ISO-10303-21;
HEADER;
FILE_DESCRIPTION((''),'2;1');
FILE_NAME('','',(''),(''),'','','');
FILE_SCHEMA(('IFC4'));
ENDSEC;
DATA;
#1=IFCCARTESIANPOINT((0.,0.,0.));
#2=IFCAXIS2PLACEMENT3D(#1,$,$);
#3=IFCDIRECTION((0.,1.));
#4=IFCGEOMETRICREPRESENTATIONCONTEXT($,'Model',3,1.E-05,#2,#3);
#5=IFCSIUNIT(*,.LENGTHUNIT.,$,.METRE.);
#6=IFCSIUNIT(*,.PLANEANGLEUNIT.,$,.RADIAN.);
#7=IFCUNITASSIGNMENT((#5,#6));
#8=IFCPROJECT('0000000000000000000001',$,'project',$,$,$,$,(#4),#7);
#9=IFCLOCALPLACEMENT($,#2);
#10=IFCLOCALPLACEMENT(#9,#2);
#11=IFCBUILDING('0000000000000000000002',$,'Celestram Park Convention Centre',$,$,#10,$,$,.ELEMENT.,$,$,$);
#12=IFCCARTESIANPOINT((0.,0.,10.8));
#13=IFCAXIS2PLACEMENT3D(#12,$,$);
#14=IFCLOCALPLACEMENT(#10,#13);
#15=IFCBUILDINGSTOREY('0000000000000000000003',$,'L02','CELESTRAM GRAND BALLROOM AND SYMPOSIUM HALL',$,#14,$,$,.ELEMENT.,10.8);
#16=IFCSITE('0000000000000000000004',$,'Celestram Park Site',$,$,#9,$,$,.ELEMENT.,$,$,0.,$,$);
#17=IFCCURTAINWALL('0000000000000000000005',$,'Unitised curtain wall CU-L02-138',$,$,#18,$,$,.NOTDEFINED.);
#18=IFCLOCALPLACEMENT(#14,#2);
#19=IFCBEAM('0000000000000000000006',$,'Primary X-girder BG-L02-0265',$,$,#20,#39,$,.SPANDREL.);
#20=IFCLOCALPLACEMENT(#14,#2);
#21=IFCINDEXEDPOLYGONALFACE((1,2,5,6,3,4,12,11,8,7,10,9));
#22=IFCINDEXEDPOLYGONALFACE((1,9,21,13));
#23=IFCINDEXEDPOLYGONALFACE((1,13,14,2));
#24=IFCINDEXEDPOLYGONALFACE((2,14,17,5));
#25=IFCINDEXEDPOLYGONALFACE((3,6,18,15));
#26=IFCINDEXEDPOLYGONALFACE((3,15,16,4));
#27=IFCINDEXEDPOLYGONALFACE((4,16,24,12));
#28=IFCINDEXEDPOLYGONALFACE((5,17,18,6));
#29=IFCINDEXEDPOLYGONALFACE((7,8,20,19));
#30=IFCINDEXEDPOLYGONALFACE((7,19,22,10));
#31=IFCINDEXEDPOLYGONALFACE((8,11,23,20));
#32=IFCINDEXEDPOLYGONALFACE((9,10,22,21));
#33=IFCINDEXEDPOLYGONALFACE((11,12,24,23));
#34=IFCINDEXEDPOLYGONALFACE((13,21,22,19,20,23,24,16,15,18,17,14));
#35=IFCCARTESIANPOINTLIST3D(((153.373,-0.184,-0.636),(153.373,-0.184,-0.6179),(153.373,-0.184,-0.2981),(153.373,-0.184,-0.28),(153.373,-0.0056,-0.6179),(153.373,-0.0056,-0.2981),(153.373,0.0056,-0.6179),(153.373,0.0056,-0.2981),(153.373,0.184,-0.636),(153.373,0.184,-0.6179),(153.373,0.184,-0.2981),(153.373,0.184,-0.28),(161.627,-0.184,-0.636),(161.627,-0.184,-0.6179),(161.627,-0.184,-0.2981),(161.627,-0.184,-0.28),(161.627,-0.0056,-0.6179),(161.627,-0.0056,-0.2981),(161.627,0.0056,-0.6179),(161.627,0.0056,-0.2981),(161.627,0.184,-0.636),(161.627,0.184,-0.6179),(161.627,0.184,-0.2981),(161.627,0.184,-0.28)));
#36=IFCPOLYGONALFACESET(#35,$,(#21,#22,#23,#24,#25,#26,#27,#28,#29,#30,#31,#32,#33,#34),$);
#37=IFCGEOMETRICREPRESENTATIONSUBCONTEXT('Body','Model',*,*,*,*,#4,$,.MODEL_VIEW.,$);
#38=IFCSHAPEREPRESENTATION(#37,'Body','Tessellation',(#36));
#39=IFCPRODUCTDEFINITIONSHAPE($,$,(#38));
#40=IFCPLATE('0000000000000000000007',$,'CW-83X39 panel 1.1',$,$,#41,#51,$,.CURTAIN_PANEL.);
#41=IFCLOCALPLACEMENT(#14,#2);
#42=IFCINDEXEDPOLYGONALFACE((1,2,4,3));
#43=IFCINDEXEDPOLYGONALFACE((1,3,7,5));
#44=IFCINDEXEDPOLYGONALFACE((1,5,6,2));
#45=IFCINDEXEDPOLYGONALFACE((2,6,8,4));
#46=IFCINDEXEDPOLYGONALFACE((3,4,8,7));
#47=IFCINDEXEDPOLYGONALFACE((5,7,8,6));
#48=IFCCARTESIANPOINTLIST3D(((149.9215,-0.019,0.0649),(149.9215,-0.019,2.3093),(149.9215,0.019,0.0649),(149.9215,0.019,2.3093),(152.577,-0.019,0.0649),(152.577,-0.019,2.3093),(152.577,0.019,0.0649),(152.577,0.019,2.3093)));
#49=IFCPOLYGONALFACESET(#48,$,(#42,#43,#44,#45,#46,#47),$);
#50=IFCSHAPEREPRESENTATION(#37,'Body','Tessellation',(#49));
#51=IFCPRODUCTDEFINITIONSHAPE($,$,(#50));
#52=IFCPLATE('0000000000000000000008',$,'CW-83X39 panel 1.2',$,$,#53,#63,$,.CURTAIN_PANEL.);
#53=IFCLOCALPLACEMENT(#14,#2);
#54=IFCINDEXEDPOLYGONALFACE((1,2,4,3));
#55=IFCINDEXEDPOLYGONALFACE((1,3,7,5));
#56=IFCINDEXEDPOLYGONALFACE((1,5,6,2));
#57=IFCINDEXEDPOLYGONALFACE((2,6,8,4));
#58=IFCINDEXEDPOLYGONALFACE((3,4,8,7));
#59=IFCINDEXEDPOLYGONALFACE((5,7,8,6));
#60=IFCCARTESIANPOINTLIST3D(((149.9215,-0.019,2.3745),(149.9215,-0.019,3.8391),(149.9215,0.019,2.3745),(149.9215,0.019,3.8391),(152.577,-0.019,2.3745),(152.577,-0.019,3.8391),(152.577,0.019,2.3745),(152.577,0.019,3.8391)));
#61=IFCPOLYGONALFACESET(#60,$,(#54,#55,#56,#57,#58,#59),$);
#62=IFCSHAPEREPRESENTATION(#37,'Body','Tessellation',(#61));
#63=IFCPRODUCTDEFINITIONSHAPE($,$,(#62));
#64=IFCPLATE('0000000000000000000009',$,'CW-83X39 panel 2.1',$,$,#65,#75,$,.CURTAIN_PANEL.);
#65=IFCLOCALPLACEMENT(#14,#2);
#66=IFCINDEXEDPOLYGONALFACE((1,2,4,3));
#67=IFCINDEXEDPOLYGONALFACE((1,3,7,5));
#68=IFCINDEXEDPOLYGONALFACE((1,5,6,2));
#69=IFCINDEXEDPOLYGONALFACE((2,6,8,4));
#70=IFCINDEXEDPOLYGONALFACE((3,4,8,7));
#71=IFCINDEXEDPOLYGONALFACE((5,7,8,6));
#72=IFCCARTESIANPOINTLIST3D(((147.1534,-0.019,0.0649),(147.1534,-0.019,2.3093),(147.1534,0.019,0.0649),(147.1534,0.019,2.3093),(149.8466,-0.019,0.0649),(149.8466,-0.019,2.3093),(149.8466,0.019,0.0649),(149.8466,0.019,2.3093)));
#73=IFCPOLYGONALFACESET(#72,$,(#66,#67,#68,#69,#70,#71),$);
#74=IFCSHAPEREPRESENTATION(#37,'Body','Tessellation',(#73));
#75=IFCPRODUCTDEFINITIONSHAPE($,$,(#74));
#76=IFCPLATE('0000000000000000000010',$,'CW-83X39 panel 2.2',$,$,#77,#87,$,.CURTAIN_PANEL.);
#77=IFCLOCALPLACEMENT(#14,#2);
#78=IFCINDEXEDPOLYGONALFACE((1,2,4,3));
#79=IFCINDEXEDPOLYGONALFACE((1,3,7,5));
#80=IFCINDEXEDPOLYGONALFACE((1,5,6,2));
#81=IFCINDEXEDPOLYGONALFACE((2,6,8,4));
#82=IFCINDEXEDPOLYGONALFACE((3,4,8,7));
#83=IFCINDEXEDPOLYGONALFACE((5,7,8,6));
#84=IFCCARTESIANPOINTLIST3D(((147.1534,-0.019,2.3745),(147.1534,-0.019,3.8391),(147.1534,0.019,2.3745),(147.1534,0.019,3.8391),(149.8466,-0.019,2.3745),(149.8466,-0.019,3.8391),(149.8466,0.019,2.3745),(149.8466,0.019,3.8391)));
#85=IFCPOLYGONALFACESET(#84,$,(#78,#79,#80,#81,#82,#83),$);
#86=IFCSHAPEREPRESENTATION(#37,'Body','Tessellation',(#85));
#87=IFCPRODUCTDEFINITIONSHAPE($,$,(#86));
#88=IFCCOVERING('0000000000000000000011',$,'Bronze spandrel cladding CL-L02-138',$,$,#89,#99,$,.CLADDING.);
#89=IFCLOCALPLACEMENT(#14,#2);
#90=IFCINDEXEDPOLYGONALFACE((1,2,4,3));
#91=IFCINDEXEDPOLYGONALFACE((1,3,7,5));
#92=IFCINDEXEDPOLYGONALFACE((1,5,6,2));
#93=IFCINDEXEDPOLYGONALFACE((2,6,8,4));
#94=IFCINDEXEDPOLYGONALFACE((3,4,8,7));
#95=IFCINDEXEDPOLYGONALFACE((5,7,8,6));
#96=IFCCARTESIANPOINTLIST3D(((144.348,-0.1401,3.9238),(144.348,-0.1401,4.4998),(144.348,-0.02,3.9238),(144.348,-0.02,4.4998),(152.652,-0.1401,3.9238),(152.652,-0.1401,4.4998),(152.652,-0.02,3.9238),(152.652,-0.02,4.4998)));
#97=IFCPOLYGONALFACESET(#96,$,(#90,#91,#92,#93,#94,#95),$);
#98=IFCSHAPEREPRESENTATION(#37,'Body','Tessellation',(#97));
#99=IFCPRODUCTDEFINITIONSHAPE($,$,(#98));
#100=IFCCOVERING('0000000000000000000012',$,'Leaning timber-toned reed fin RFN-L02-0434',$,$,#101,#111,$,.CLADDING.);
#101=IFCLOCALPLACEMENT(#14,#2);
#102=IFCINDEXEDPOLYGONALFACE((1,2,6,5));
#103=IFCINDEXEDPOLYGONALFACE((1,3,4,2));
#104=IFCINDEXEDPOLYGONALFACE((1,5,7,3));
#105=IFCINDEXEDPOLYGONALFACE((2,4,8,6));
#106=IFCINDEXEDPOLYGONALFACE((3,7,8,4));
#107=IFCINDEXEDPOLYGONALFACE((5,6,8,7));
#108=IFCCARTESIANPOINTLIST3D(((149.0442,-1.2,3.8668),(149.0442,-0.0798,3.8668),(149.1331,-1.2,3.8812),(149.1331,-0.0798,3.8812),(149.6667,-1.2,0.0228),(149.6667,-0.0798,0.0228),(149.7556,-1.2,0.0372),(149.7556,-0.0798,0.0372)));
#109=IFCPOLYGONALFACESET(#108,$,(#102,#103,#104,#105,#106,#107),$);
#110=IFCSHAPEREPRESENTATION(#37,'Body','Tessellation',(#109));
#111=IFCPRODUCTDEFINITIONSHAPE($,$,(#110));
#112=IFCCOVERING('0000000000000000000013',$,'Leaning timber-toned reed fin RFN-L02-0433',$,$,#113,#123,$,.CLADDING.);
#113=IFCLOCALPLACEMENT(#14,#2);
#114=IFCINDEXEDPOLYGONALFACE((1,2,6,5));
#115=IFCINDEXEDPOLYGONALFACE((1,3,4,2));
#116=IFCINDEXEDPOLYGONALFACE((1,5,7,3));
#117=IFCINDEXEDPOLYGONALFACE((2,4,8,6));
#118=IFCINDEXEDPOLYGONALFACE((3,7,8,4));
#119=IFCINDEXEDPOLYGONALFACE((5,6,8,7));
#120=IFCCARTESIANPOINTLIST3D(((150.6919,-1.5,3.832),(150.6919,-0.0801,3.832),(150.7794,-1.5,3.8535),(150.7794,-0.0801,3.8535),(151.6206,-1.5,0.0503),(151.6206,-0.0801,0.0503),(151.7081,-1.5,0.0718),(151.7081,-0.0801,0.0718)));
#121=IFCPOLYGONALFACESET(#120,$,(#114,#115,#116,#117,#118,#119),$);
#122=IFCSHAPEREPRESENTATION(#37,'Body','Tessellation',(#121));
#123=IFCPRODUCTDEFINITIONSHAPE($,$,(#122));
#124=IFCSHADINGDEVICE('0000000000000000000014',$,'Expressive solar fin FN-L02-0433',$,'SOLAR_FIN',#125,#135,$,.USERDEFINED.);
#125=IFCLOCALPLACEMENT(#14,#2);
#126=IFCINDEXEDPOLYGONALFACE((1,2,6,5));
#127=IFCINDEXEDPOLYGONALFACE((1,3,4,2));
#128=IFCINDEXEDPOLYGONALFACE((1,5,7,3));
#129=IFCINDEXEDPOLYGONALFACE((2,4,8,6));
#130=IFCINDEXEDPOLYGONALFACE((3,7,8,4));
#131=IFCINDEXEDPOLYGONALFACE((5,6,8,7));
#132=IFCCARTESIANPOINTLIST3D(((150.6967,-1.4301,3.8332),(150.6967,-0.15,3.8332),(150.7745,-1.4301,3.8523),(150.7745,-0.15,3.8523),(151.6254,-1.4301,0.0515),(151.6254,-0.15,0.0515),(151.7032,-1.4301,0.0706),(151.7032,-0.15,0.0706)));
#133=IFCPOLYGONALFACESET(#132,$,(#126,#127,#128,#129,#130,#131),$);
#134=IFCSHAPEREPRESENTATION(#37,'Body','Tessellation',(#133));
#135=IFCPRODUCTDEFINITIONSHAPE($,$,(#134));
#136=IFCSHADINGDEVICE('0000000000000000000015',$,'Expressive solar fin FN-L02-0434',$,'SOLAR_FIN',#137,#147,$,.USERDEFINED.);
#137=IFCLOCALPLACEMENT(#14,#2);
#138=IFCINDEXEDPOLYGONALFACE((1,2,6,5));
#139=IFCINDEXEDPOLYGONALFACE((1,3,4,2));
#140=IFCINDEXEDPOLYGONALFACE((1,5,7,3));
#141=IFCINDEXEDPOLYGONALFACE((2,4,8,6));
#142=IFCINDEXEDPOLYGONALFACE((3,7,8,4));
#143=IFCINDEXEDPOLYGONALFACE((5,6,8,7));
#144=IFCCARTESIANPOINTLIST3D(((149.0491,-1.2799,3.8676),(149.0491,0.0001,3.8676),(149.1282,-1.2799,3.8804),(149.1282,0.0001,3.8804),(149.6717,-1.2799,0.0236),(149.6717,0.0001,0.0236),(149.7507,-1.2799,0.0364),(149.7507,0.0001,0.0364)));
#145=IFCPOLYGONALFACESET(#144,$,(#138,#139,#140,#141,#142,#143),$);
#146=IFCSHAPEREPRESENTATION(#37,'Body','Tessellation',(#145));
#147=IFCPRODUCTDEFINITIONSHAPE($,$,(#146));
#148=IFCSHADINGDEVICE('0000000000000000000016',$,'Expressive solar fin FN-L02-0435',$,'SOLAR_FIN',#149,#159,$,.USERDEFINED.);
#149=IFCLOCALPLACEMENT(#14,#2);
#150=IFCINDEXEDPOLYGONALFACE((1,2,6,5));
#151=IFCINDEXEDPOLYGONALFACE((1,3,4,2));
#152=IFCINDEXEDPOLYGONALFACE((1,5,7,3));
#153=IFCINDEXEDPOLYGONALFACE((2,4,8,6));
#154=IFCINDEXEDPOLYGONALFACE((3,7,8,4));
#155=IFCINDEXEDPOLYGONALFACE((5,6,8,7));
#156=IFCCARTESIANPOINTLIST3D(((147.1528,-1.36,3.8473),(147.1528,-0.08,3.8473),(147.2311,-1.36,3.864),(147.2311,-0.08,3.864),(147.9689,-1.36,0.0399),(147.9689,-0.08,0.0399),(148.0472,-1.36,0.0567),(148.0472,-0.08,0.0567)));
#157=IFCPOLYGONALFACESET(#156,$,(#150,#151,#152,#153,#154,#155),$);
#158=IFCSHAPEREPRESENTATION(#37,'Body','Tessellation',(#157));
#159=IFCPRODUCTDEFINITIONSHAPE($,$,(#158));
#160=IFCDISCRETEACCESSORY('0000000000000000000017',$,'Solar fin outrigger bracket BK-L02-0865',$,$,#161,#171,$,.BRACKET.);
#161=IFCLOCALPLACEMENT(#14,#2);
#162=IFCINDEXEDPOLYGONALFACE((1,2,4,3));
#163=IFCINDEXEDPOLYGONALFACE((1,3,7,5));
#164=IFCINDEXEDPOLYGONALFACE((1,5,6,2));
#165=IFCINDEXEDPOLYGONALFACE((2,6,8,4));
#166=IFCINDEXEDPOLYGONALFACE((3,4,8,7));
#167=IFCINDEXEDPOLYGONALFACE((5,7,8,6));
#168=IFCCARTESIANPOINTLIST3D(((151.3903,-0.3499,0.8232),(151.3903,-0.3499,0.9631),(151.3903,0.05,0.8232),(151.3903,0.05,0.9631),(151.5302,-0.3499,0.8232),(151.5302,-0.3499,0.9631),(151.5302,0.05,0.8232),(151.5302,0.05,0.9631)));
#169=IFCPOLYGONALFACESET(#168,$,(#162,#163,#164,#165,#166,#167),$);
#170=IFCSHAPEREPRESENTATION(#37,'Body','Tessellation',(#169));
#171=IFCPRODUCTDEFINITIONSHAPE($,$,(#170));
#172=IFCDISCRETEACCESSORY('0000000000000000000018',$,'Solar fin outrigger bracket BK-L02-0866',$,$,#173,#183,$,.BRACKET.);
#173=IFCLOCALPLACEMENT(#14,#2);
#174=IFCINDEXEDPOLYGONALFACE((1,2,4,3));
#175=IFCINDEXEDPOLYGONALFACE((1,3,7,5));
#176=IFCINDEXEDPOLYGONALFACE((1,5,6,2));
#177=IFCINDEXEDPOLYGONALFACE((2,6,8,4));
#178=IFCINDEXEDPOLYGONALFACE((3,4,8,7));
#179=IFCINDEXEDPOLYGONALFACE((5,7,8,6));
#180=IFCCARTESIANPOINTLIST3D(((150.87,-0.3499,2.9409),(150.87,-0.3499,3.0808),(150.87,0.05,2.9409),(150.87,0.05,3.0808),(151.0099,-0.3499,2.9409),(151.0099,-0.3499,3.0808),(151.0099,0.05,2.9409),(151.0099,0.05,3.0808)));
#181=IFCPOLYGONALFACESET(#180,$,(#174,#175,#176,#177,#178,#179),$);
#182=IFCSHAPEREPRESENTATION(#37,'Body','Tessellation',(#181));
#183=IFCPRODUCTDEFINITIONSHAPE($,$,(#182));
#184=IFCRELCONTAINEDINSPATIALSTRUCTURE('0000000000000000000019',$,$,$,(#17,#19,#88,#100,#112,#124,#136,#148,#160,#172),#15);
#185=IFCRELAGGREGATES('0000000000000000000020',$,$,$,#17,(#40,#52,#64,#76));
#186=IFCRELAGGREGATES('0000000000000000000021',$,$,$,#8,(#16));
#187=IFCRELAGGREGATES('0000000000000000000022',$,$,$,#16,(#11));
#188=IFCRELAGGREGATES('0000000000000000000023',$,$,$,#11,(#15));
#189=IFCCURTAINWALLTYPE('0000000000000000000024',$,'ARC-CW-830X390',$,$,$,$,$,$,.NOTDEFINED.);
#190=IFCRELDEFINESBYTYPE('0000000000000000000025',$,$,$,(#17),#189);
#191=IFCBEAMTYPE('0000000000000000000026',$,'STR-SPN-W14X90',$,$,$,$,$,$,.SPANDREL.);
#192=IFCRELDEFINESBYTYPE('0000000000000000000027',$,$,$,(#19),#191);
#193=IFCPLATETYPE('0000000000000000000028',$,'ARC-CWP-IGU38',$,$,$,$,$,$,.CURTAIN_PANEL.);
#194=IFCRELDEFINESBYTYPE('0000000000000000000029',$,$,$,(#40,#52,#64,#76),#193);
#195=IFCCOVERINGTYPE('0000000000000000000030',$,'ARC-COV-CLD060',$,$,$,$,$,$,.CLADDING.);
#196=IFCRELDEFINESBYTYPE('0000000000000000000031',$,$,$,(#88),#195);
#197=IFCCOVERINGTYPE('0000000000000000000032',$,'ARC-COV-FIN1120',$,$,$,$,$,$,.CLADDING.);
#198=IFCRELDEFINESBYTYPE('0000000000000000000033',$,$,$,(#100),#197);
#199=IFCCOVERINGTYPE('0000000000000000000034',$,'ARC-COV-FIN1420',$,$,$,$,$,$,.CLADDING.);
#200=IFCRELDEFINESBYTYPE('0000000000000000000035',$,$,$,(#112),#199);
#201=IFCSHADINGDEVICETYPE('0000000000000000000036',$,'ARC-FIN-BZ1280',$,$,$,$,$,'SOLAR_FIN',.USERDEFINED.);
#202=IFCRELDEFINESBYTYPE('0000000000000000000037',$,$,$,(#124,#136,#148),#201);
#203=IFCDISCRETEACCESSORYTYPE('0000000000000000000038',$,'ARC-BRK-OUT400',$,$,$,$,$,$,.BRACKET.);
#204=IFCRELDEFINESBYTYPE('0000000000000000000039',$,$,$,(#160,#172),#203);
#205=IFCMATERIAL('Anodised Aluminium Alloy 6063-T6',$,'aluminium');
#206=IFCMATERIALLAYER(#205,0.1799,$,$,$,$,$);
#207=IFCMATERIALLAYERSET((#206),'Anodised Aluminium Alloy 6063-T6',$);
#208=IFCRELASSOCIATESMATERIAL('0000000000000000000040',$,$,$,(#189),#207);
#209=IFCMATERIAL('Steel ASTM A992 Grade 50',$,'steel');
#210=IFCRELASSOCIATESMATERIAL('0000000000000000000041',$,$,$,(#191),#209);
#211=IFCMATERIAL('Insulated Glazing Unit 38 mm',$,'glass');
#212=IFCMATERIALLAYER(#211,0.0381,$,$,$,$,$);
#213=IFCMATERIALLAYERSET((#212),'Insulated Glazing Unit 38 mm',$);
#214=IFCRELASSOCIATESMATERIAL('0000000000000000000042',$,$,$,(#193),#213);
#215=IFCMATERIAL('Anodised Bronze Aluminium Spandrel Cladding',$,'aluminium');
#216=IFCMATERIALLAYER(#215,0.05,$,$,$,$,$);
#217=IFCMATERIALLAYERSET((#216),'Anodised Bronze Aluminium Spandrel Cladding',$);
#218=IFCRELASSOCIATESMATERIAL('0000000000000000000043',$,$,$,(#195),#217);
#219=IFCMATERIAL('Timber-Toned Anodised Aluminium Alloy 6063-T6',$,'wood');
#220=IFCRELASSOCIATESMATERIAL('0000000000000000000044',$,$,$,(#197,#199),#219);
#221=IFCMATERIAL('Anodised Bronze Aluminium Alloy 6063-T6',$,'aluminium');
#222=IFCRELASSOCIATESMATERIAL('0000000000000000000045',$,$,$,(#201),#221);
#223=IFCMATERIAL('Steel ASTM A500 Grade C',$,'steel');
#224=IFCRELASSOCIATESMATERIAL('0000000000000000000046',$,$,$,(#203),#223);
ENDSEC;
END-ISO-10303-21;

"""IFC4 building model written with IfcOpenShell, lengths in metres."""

from ifc_helpers import new_model, si_unit, direction, frame, origin, origin_2d, place, context, subcontext, project, spatial, rectangle, i_section, extrude, material, layer, layer_set, material_profile, profile_set, type_object, element, aggregate, save


model = new_model("IFC4")

# Units and contexts
model_context = context("Model", 3, precision=1e-05, world=origin(), true_north=direction((0.0, 1.0)))
body_context = subcontext(model_context, "Body", "Model", "MODEL_VIEW")
ifc_project = project(units=[si_unit("LENGTHUNIT", "METRE"), si_unit("PLANEANGLEUNIT", "RADIAN")], contexts=[model_context])

# Site, building, storey
site_placement = place(None, origin())
site = spatial("IfcSite", under=ifc_project, at=site_placement, Name="Celestram Park Site", CompositionType="ELEMENT", RefElevation=0.0)
building_placement = place(site_placement, origin())
building = spatial("IfcBuilding", under=site, at=building_placement, Name="Celestram Park Convention Centre", CompositionType="ELEMENT")
storey_placement = place(building_placement, frame((0.0, 0.0, 10.8)))
storey = spatial("IfcBuildingStorey", under=building, at=storey_placement, Name="L02", Description="CELESTRAM GRAND BALLROOM AND SYMPOSIUM HALL", CompositionType="ELEMENT", Elevation=10.8)

# Curtain wall
ifc_material_1 = material(Name="Anodised Aluminium Alloy 6063-T6", Category="aluminium")
ifc_layer_1 = layer(ifc_material_1, 0.1799)
ifc_layer_set_1 = layer_set([ifc_layer_1], Name="Anodised Aluminium Alloy 6063-T6")
curtain_wall_type = type_object("IfcCurtainWallType", Name="ARC-CW-830X390", PredefinedType="NOTDEFINED", material=ifc_layer_set_1)
curtain_wall_placement = place(storey_placement, origin())
curtain_wall = element("IfcCurtainWall", 1, at=curtain_wall_placement, inside=storey, type_object=curtain_wall_type, Name="Unitised curtain wall CU-L02-138", PredefinedType="NOTDEFINED")

# Beam
ifc_material_2 = material(Name="Steel ASTM A992 Grade 50", Category="steel")
ifc_material_profile_1 = material_profile(ifc_material_2, i_section(OverallWidth=0.3679, OverallDepth=0.356, WebThickness=0.0112, FlangeThickness=0.0181, at=origin_2d()), Name="W14X90")
ifc_profile_set_1 = profile_set([ifc_material_profile_1], Name="Steel ASTM A992 Grade 50")
beam_type_1 = type_object("IfcBeamType", Name="STR-SPN-W14X90", PredefinedType="SPANDREL", material=ifc_profile_set_1)
beam_1_placement = place(storey_placement, frame((153.373, 0.0, -0.458), z_axis=(1.0, 0.0, 0.0), x_axis=(0.0, 1.0, 0.0)))
element("IfcBeam", 2, at=beam_1_placement, inside=storey, type_object=beam_type_1, Name="Primary X-girder BG-L02-0265", PredefinedType="SPANDREL", context=body_context, shape_type="SweptSolid", body=[
    extrude(i_section(OverallWidth=0.3679, OverallDepth=0.356, WebThickness=0.0112, FlangeThickness=0.0181, at=origin_2d()), origin(), (0.0, 0.0, 1.0), 8.2539),
])

# Plates
ifc_material_3 = material(Name="Insulated Glazing Unit 38 mm", Category="glass")
ifc_layer_2 = layer(ifc_material_3, 0.0381)
ifc_layer_set_2 = layer_set([ifc_layer_2], Name="Insulated Glazing Unit 38 mm")
plate_type = type_object("IfcPlateType", Name="ARC-CWP-IGU38", PredefinedType="CURTAIN_PANEL", material=ifc_layer_set_2)
plate_1_placement = place(storey_placement, frame((151.2493, 0.0, 0.0649), z_axis=(0.0, 0.0, 1.0), x_axis=(-1.0, 0.0, 0.0)))
plate_1 = element("IfcPlate", 3, at=plate_1_placement, type_object=plate_type, Name="CW-83X39 panel 1.1", PredefinedType="CURTAIN_PANEL", context=body_context, shape_type="SweptSolid", body=[
    extrude(rectangle(XDim=2.6555, YDim=0.0381, at=origin_2d()), origin(), (0.0, 0.0, 1.0), 2.2444),
])
plate_2_placement = place(storey_placement, frame((151.2493, 0.0, 2.3745), z_axis=(0.0, 0.0, 1.0), x_axis=(-1.0, 0.0, 0.0)))
plate_2 = element("IfcPlate", 4, at=plate_2_placement, type_object=plate_type, Name="CW-83X39 panel 1.2", PredefinedType="CURTAIN_PANEL", context=body_context, shape_type="SweptSolid", body=[
    extrude(rectangle(XDim=2.6555, YDim=0.0381, at=origin_2d()), origin(), (0.0, 0.0, 1.0), 1.4646),
])
plate_3_placement = place(storey_placement, frame((148.5, 0.0, 0.0649), z_axis=(0.0, 0.0, 1.0), x_axis=(-1.0, 0.0, 0.0)))
plate_3 = element("IfcPlate", 5, at=plate_3_placement, type_object=plate_type, Name="CW-83X39 panel 2.1", PredefinedType="CURTAIN_PANEL", context=body_context, shape_type="SweptSolid", body=[
    extrude(rectangle(XDim=2.6931, YDim=0.0381, at=origin_2d()), origin(), (0.0, 0.0, 1.0), 2.2444),
])
plate_4_placement = place(storey_placement, frame((148.5, 0.0, 2.3745), z_axis=(0.0, 0.0, 1.0), x_axis=(-1.0, 0.0, 0.0)))
plate_4 = element("IfcPlate", 6, at=plate_4_placement, type_object=plate_type, Name="CW-83X39 panel 2.2", PredefinedType="CURTAIN_PANEL", context=body_context, shape_type="SweptSolid", body=[
    extrude(rectangle(XDim=2.6931, YDim=0.0381, at=origin_2d()), origin(), (0.0, 0.0, 1.0), 1.4646),
])
aggregate(curtain_wall, [plate_1, plate_2, plate_3, plate_4])

# Coverings
ifc_material_4 = material(Name="Anodised Bronze Aluminium Spandrel Cladding", Category="aluminium")
ifc_layer_3 = layer(ifc_material_4, 0.05)
ifc_layer_set_3 = layer_set([ifc_layer_3], Name="Anodised Bronze Aluminium Spandrel Cladding")
covering_type_1 = type_object("IfcCoveringType", Name="ARC-COV-CLD060", PredefinedType="CLADDING", material=ifc_layer_set_3)
covering_1_placement = place(storey_placement, frame((148.5, -0.0801, 3.9238), z_axis=(0.0, 0.0, 1.0), x_axis=(-1.0, 0.0, 0.0)))
element("IfcCovering", 7, at=covering_1_placement, inside=storey, type_object=covering_type_1, Name="Bronze spandrel cladding CL-L02-138", PredefinedType="CLADDING", context=body_context, shape_type="SweptSolid", body=[
    extrude(rectangle(XDim=8.304, YDim=0.1201, at=origin_2d()), origin(), (0.0, 0.0, 1.0), 0.5759),
])
ifc_material_5 = material(Name="Timber-Toned Anodised Aluminium Alloy 6063-T6", Category="wood")
ifc_material_profile_2 = material_profile(ifc_material_5, rectangle(XDim=1.1201, YDim=0.0901, at=origin_2d()), Name="REED1120X90")
ifc_profile_set_2 = profile_set([ifc_material_profile_2], Name="Timber-Toned Anodised Aluminium Alloy 6063-T6")
covering_type_2 = type_object("IfcCoveringType", Name="ARC-COV-FIN1120", PredefinedType="CLADDING", material=ifc_profile_set_2)
covering_2_placement = place(storey_placement, frame((149.7112, -0.6399, 0.03), z_axis=(-0.159873, 0.0, 0.987138), x_axis=(0.0, -1.0, 0.0)))
element("IfcCovering", 8, at=covering_2_placement, inside=storey, type_object=covering_type_2, Name="Leaning timber-toned reed fin RFN-L02-0434", PredefinedType="CLADDING", context=body_context, shape_type="SweptSolid", body=[
    extrude(rectangle(XDim=1.1201, YDim=0.0901, at=origin_2d()), origin(), (0.0, 0.0, 1.0), 3.894),
])
ifc_material_profile_3 = material_profile(ifc_material_5, rectangle(XDim=1.4199, YDim=0.0901, at=origin_2d()), Name="REED1420X90")
ifc_profile_set_3 = profile_set([ifc_material_profile_3], Name="Timber-Toned Anodised Aluminium Alloy 6063-T6")
covering_type_3 = type_object("IfcCoveringType", Name="ARC-COV-FIN1420", PredefinedType="CLADDING", material=ifc_profile_set_3)
covering_3_placement = place(storey_placement, frame((151.6643, -0.79, 0.061), z_axis=(-0.238492, 0.0, 0.971145), x_axis=(0.0, -1.0, 0.0)))
element("IfcCovering", 9, at=covering_3_placement, inside=storey, type_object=covering_type_3, Name="Leaning timber-toned reed fin RFN-L02-0433", PredefinedType="CLADDING", context=body_context, shape_type="SweptSolid", body=[
    extrude(rectangle(XDim=1.4199, YDim=0.0901, at=origin_2d()), origin(), (0.0, 0.0, 1.0), 3.894),
])

# Shading devices
ifc_material_6 = material(Name="Anodised Bronze Aluminium Alloy 6063-T6", Category="aluminium")
ifc_material_profile_4 = material_profile(ifc_material_6, rectangle(XDim=1.28, YDim=0.0801, at=origin_2d()), Name="FIN1280X80")
ifc_profile_set_4 = profile_set([ifc_material_profile_4], Name="Anodised Bronze Aluminium Alloy 6063-T6")
shading_device_type = type_object("IfcShadingDeviceType", Name="ARC-FIN-BZ1280", ElementType="SOLAR_FIN", PredefinedType="USERDEFINED", material=ifc_profile_set_4)
for number, where, z_axis, x_axis, name in (
    (10, (151.6643, -0.79, 0.061), (-0.238492, 0.0, 0.971145), (0.0, -1.0, 0.0), "Expressive solar fin FN-L02-0433"),
    (11, (149.7112, -0.6399, 0.03), (-0.159873, 0.0, 0.987138), (0.0, -1.0, 0.0), "Expressive solar fin FN-L02-0434"),
):
    element("IfcShadingDevice", number, at=place(storey_placement, frame(where, z_axis=z_axis, x_axis=x_axis)), inside=storey, type_object=shading_device_type, Name=name, ObjectType="SOLAR_FIN", PredefinedType="USERDEFINED", context=body_context, shape_type="SweptSolid", body=[
        extrude(rectangle(XDim=1.28, YDim=0.0801, at=origin_2d()), origin(), (0.0, 0.0, 1.0), 3.894),
    ])
shading_device_placement = place(storey_placement, frame((148.0081, -0.72, 0.0483), z_axis=(-0.209602, 0.0, 0.977787), x_axis=(0.0, -1.0, 0.0)))
element("IfcShadingDevice", 12, at=shading_device_placement, inside=storey, type_object=shading_device_type, Name="Expressive solar fin FN-L02-0435", ObjectType="SOLAR_FIN", PredefinedType="USERDEFINED", context=body_context, shape_type="SweptSolid", body=[
    extrude(rectangle(XDim=1.28, YDim=0.0801, at=origin_2d()), origin(), (0.0, 0.0, 1.0), 3.8938),
])

# Discrete accessories
ifc_material_7 = material(Name="Steel ASTM A500 Grade C", Category="steel")
discrete_accessory_type = type_object("IfcDiscreteAccessoryType", Name="ARC-BRK-OUT400", PredefinedType="BRACKET", material=ifc_material_7)
for number, where, z_axis, x_axis, name in (
    (13, (151.4602, -0.1499, 0.8232), (0.0, 0.0, 1.0), (0.0, -1.0, 0.0), "Solar fin outrigger bracket BK-L02-0865"),
    (14, (150.9399, -0.1499, 2.9409), (0.0, 0.0, 1.0), (0.0, -1.0, 0.0), "Solar fin outrigger bracket BK-L02-0866"),
):
    element("IfcDiscreteAccessory", number, at=place(storey_placement, frame(where, z_axis=z_axis, x_axis=x_axis)), inside=storey, type_object=discrete_accessory_type, Name=name, PredefinedType="BRACKET", context=body_context, shape_type="SweptSolid", body=[
        extrude(rectangle(XDim=0.3999, YDim=0.1399, at=origin_2d()), origin(), (0.0, 0.0, 1.0), 0.1399),
    ])

save(model, "model.ifc")
